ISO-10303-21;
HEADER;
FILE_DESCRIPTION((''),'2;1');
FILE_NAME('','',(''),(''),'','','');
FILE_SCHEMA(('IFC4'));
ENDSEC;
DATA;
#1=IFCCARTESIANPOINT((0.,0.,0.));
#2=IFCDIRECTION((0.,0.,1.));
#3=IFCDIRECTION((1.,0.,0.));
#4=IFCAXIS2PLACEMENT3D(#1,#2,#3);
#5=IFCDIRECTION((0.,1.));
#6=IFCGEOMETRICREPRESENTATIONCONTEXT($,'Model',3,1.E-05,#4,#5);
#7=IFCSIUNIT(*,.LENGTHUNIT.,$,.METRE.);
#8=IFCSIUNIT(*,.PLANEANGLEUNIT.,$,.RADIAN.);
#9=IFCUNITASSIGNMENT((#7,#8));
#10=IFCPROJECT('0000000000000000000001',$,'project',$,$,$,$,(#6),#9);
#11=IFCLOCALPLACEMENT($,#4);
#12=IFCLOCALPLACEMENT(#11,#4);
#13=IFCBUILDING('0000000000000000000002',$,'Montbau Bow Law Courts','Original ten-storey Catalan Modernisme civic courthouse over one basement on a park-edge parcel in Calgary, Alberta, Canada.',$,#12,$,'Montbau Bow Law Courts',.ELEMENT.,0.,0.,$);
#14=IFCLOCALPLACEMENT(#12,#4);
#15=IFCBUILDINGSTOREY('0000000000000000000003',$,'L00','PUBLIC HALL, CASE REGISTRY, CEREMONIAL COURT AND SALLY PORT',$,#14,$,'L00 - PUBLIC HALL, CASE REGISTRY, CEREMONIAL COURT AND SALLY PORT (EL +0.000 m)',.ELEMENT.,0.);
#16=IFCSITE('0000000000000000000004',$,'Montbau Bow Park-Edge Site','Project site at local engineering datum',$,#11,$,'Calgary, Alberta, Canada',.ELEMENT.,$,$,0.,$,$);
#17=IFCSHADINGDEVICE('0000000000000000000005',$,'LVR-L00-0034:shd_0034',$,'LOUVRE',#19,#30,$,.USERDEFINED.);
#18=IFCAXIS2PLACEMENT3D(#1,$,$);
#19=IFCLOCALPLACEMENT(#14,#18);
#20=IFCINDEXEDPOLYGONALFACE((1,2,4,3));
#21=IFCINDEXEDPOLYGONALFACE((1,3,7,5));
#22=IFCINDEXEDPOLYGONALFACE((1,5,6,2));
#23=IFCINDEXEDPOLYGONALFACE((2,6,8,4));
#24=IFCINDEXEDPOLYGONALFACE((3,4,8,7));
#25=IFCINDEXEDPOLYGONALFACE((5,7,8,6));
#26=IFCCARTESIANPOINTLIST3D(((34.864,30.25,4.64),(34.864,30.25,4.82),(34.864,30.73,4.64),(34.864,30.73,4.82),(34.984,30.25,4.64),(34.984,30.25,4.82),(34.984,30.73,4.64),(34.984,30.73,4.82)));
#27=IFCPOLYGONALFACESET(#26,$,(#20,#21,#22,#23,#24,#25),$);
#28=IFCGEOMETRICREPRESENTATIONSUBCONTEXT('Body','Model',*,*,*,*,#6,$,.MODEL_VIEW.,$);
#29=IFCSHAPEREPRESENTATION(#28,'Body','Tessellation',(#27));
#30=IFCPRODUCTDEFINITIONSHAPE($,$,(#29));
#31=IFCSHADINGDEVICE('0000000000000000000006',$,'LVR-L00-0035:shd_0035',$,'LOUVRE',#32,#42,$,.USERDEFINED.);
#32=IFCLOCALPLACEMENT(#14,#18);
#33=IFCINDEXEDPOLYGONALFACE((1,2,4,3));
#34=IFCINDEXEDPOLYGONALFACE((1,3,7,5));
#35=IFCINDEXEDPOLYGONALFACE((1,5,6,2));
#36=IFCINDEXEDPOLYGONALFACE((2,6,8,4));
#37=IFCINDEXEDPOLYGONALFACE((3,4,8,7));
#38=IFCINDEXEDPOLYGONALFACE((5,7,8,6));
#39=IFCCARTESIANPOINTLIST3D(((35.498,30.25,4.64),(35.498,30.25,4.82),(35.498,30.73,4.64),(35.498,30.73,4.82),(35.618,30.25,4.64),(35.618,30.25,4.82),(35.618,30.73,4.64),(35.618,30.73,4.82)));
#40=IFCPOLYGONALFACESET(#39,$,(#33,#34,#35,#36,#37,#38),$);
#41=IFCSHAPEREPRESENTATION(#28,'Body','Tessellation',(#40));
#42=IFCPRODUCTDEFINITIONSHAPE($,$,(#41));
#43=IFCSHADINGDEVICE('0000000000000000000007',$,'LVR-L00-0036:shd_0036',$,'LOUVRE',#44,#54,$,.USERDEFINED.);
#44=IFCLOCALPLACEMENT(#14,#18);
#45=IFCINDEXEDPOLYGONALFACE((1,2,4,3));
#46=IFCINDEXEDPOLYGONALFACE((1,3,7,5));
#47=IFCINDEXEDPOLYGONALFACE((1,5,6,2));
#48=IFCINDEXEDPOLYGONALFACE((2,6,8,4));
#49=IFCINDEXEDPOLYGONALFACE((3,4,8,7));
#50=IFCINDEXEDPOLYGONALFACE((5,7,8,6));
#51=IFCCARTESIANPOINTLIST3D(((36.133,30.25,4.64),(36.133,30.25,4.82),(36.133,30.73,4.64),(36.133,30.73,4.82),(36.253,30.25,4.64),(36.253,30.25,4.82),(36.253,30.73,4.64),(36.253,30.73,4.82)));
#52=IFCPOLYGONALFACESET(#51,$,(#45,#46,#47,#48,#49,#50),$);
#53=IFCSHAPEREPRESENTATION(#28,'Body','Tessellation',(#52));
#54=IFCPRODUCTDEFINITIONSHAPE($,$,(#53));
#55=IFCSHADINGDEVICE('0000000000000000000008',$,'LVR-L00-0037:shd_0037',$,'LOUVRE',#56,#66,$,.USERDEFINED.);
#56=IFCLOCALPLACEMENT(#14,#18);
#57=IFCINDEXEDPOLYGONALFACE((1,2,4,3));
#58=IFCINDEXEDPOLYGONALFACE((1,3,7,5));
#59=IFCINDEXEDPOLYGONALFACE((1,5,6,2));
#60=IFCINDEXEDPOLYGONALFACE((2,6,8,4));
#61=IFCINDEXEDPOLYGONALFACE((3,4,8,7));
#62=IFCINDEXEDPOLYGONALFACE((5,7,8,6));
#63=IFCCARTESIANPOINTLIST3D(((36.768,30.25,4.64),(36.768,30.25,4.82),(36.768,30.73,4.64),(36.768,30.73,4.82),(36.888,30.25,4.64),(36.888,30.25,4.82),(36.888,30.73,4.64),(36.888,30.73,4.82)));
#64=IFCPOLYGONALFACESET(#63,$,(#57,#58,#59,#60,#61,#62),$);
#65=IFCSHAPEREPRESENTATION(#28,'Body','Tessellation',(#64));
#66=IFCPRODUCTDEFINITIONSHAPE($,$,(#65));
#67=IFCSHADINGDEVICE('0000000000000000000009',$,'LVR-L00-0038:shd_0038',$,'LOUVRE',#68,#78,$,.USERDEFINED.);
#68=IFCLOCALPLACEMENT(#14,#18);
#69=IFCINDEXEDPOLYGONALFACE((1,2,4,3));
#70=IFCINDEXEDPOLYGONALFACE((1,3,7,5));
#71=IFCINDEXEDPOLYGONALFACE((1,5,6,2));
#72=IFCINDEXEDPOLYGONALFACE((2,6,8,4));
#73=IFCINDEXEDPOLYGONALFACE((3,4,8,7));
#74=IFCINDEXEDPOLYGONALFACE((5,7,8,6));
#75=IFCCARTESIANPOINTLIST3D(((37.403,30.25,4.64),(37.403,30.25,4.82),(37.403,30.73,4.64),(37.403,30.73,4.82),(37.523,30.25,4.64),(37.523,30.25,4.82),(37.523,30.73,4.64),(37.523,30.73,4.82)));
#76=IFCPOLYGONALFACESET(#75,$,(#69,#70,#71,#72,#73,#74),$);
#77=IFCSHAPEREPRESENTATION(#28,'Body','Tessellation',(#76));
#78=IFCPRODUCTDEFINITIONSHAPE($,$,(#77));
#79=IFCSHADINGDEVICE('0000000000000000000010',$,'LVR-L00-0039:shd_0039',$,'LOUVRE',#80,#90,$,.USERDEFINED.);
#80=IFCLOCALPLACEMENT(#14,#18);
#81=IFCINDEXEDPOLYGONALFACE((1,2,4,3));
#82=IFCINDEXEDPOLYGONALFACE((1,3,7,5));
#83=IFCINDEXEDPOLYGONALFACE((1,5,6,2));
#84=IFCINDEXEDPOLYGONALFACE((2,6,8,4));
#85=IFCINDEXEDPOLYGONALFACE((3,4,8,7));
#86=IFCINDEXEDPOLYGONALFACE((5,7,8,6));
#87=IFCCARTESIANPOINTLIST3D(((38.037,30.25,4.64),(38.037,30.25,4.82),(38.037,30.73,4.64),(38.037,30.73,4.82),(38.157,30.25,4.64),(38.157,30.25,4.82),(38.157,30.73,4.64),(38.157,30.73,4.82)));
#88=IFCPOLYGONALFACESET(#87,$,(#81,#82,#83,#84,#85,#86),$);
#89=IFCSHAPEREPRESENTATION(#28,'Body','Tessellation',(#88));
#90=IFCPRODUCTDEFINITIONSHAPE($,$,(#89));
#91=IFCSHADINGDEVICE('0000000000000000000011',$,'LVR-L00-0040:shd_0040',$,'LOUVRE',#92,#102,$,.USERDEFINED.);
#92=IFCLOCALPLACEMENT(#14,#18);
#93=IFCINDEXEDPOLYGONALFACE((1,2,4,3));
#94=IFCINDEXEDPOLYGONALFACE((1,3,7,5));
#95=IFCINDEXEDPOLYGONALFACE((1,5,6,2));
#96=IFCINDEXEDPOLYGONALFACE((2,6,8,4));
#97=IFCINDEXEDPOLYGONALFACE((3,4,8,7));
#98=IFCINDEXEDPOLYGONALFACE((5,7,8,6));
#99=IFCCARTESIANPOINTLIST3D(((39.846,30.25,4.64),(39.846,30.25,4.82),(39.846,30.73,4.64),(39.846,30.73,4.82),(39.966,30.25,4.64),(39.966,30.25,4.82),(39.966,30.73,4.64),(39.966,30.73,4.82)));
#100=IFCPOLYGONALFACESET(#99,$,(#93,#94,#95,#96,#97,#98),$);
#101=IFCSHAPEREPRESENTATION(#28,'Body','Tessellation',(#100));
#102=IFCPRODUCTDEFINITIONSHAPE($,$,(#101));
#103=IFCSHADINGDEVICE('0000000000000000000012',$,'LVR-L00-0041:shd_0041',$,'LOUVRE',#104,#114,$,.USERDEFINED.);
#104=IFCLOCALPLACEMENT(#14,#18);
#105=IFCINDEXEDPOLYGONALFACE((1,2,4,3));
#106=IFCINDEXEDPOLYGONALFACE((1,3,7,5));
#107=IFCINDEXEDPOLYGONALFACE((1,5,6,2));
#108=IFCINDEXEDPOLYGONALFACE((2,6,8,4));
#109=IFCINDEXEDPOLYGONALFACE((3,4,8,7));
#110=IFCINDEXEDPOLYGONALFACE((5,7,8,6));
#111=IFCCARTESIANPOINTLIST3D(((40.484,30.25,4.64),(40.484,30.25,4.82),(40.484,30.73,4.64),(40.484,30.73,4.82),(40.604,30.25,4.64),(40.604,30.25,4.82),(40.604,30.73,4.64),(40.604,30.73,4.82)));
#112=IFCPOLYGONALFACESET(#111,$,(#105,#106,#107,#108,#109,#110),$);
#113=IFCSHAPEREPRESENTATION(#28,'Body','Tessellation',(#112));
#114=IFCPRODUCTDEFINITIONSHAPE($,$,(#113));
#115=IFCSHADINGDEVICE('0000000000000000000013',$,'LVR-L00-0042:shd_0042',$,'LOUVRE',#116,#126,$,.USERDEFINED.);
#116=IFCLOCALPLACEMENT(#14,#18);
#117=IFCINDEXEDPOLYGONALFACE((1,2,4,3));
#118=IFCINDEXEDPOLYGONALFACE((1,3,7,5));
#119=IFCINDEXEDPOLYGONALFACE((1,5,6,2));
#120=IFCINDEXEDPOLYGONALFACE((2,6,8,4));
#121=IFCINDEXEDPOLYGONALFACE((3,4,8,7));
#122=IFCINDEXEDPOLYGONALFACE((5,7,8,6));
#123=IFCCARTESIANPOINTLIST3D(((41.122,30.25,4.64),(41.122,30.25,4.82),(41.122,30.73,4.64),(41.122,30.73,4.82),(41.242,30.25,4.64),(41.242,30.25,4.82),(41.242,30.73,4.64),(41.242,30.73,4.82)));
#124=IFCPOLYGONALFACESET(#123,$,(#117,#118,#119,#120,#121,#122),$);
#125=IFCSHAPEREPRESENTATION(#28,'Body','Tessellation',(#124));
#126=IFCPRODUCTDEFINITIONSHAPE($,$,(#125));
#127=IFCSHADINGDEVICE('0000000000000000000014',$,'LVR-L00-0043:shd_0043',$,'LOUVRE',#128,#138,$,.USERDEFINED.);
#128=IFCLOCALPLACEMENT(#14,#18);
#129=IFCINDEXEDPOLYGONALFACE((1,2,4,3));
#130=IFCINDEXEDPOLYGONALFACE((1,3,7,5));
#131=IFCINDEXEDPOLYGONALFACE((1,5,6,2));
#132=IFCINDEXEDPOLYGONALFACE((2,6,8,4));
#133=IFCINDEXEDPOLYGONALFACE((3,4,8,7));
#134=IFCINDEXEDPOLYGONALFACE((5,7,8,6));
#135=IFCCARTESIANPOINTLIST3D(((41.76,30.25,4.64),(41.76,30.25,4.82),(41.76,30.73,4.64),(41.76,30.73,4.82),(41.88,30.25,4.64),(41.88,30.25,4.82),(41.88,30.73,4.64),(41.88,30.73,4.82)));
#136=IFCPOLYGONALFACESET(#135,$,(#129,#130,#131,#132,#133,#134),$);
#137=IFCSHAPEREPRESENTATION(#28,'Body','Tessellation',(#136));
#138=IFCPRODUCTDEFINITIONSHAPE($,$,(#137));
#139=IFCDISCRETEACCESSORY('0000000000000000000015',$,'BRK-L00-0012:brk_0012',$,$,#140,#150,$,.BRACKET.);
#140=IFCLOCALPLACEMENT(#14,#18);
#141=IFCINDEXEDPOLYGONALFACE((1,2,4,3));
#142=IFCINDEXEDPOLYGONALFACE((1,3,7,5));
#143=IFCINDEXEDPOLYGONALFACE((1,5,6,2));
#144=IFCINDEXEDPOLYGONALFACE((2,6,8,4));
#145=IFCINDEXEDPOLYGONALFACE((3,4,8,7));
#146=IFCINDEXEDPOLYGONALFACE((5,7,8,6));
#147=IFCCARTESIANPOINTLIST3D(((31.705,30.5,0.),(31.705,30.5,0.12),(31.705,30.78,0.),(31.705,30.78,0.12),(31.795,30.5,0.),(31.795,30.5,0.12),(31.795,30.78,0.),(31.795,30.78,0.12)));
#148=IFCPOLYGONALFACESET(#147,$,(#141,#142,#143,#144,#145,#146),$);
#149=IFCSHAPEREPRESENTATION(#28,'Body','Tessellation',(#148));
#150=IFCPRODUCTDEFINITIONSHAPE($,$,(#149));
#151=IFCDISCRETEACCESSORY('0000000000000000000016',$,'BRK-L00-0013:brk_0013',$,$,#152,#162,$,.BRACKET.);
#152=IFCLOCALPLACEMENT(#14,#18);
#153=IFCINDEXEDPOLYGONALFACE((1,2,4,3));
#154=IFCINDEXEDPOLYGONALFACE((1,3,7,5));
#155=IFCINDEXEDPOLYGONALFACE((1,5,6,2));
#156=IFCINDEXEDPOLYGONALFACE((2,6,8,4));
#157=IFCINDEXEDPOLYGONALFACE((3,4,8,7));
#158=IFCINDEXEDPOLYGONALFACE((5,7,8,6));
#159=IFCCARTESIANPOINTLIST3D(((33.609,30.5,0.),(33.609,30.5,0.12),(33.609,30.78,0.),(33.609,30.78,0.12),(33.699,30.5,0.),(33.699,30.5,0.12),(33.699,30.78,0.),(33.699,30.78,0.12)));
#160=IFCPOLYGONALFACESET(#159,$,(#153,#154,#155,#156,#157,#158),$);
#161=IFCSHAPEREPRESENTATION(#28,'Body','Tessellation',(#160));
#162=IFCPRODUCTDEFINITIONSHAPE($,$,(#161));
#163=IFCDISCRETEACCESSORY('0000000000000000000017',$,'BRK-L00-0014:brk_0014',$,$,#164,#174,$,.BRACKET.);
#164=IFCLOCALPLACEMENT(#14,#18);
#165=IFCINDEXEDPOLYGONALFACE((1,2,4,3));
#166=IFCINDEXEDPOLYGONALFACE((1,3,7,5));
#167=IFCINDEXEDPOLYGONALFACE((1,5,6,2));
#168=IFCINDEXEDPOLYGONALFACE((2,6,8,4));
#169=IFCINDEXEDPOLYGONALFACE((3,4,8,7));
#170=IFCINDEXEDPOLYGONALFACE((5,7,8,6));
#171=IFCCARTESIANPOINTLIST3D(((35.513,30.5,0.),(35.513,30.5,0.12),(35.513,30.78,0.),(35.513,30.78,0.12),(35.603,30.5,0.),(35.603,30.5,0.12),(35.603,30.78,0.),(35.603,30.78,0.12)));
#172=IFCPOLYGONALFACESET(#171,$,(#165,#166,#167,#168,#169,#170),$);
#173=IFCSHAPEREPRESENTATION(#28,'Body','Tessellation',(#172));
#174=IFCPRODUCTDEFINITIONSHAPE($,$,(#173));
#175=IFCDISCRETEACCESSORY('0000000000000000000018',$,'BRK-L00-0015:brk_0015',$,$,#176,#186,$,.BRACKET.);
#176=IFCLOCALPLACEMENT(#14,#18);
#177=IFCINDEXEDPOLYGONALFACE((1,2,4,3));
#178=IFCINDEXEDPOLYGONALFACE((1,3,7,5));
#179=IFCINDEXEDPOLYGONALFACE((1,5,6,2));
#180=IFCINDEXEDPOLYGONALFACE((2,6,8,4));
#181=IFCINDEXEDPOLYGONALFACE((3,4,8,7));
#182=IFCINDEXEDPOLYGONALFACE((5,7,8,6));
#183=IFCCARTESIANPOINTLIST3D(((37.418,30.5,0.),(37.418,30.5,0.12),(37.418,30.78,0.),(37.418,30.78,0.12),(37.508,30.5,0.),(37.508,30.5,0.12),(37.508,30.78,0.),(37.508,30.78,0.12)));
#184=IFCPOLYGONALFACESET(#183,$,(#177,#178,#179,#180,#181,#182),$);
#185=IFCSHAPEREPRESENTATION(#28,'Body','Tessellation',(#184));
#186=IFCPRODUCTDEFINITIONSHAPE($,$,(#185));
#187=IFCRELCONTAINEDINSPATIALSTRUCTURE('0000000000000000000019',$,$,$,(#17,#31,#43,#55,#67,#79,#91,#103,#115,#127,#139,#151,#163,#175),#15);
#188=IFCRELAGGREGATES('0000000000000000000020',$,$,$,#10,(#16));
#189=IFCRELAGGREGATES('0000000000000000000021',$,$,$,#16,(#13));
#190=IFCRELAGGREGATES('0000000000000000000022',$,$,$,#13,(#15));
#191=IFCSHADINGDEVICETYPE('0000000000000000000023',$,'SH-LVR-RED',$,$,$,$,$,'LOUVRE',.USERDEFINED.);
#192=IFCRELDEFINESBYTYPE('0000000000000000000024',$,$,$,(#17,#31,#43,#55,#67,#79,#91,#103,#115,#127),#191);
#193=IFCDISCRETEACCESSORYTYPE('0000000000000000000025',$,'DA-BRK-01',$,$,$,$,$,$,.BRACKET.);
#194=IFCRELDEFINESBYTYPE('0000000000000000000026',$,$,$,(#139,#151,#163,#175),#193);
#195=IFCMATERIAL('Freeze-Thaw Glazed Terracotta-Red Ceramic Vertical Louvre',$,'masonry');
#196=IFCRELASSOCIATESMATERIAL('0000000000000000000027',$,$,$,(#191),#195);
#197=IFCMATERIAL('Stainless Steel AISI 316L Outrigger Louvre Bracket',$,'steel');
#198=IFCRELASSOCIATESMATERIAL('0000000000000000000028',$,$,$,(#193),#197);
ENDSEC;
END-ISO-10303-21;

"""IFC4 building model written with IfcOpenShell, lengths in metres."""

from ifc_helpers import new_model, si_unit, direction, frame, origin_with_axes, origin_2d_with_axis, place, context, subcontext, project, spatial, rectangle, extrude, material, type_object, element, save


model = new_model("IFC4")

# Units and contexts
model_context = context("Model", 3, precision=1e-05, world=origin_with_axes(), true_north=direction((0.0, 1.0)))
body_context = subcontext(model_context, "Body", "Model", "MODEL_VIEW")
ifc_project = project(units=[si_unit("LENGTHUNIT", "METRE"), si_unit("PLANEANGLEUNIT", "RADIAN")], contexts=[model_context])

# Site, building, storey
site_placement = place(None, origin_with_axes())
site = spatial("IfcSite", under=ifc_project, at=site_placement, Name="Montbau Bow Park-Edge Site", Description="Project site at local engineering datum", LongName="Calgary, Alberta, Canada", CompositionType="ELEMENT", RefElevation=0.0)
building_placement = place(site_placement, origin_with_axes())
building = spatial("IfcBuilding", under=site, at=building_placement, Name="Montbau Bow Law Courts", Description="Original ten-storey Catalan Modernisme civic courthouse over one basement on a park-edge parcel in Calgary, Alberta, Canada.", LongName="Montbau Bow Law Courts", CompositionType="ELEMENT", ElevationOfRefHeight=0.0, ElevationOfTerrain=0.0)
storey_placement = place(building_placement, origin_with_axes())
storey = spatial("IfcBuildingStorey", under=building, at=storey_placement, Name="L00", Description="PUBLIC HALL, CASE REGISTRY, CEREMONIAL COURT AND SALLY PORT", LongName="L00 - PUBLIC HALL, CASE REGISTRY, CEREMONIAL COURT AND SALLY PORT (EL +0.000 m)", CompositionType="ELEMENT", Elevation=0.0)

# Shading devices
ifc_material_1 = material(Name="Freeze-Thaw Glazed Terracotta-Red Ceramic Vertical Louvre", Category="masonry")
shading_device_type = type_object("IfcShadingDeviceType", Name="SH-LVR-RED", ElementType="LOUVRE", PredefinedType="USERDEFINED", material=ifc_material_1)
for number, where, z_axis, x_axis, name in (
    (1, (34.924, 30.49, 4.64), (0.0, 0.0, 1.0), (0.0, -1.0, 0.0), "LVR-L00-0034:shd_0034"),
    (2, (35.558, 30.49, 4.64), (0.0, 0.0, 1.0), (0.0, -1.0, 0.0), "LVR-L00-0035:shd_0035"),
    (3, (36.193, 30.49, 4.64), (0.0, 0.0, 1.0), (0.0, -1.0, 0.0), "LVR-L00-0036:shd_0036"),
    (4, (36.828, 30.49, 4.64), (0.0, 0.0, 1.0), (0.0, -1.0, 0.0), "LVR-L00-0037:shd_0037"),
    (5, (37.463, 30.49, 4.64), (0.0, 0.0, 1.0), (0.0, -1.0, 0.0), "LVR-L00-0038:shd_0038"),
    (6, (38.097, 30.49, 4.64), (0.0, 0.0, 1.0), (0.0, -1.0, 0.0), "LVR-L00-0039:shd_0039"),
    (7, (39.906, 30.49, 4.64), (0.0, 0.0, 1.0), (0.0, -1.0, 0.0), "LVR-L00-0040:shd_0040"),
    (8, (40.544, 30.49, 4.64), (0.0, 0.0, 1.0), (0.0, -1.0, 0.0), "LVR-L00-0041:shd_0041"),
    (9, (41.182, 30.49, 4.64), (0.0, 0.0, 1.0), (0.0, -1.0, 0.0), "LVR-L00-0042:shd_0042"),
    (10, (41.82, 30.49, 4.64), (0.0, 0.0, 1.0), (0.0, -1.0, 0.0), "LVR-L00-0043:shd_0043"),
):
    element("IfcShadingDevice", number, at=place(None, frame(where, z_axis=z_axis, x_axis=x_axis)), inside=storey, type_object=shading_device_type, Name=name, ObjectType="LOUVRE", PredefinedType="USERDEFINED", context=body_context, shape_type="SweptSolid", body=[
        extrude(rectangle(XDim=0.48, YDim=0.12, at=origin_2d_with_axis()), origin_with_axes(), (0.0, 0.0, 1.0), 0.18),
    ])

# Discrete accessories
ifc_material_2 = material(Name="Stainless Steel AISI 316L Outrigger Louvre Bracket", Category="steel")
discrete_accessory_type = type_object("IfcDiscreteAccessoryType", Name="DA-BRK-01", PredefinedType="BRACKET", material=ifc_material_2)
for number, where, z_axis, x_axis, name in (
    (11, (31.75, 30.64, 0.0), (0.0, 0.0, 1.0), (0.0, -1.0, 0.0), "BRK-L00-0012:brk_0012"),
    (12, (33.654, 30.64, 0.0), (0.0, 0.0, 1.0), (0.0, -1.0, 0.0), "BRK-L00-0013:brk_0013"),
    (13, (35.558, 30.64, 0.0), (0.0, 0.0, 1.0), (0.0, -1.0, 0.0), "BRK-L00-0014:brk_0014"),
    (14, (37.463, 30.64, 0.0), (0.0, 0.0, 1.0), (0.0, -1.0, 0.0), "BRK-L00-0015:brk_0015"),
):
    element("IfcDiscreteAccessory", number, at=place(None, frame(where, z_axis=z_axis, x_axis=x_axis)), inside=storey, type_object=discrete_accessory_type, Name=name, PredefinedType="BRACKET", context=body_context, shape_type="SweptSolid", body=[
        extrude(rectangle(XDim=0.28, YDim=0.09, at=origin_2d_with_axis()), origin_with_axes(), (0.0, 0.0, 1.0), 0.12),
    ])

save(model, "model.ifc")
